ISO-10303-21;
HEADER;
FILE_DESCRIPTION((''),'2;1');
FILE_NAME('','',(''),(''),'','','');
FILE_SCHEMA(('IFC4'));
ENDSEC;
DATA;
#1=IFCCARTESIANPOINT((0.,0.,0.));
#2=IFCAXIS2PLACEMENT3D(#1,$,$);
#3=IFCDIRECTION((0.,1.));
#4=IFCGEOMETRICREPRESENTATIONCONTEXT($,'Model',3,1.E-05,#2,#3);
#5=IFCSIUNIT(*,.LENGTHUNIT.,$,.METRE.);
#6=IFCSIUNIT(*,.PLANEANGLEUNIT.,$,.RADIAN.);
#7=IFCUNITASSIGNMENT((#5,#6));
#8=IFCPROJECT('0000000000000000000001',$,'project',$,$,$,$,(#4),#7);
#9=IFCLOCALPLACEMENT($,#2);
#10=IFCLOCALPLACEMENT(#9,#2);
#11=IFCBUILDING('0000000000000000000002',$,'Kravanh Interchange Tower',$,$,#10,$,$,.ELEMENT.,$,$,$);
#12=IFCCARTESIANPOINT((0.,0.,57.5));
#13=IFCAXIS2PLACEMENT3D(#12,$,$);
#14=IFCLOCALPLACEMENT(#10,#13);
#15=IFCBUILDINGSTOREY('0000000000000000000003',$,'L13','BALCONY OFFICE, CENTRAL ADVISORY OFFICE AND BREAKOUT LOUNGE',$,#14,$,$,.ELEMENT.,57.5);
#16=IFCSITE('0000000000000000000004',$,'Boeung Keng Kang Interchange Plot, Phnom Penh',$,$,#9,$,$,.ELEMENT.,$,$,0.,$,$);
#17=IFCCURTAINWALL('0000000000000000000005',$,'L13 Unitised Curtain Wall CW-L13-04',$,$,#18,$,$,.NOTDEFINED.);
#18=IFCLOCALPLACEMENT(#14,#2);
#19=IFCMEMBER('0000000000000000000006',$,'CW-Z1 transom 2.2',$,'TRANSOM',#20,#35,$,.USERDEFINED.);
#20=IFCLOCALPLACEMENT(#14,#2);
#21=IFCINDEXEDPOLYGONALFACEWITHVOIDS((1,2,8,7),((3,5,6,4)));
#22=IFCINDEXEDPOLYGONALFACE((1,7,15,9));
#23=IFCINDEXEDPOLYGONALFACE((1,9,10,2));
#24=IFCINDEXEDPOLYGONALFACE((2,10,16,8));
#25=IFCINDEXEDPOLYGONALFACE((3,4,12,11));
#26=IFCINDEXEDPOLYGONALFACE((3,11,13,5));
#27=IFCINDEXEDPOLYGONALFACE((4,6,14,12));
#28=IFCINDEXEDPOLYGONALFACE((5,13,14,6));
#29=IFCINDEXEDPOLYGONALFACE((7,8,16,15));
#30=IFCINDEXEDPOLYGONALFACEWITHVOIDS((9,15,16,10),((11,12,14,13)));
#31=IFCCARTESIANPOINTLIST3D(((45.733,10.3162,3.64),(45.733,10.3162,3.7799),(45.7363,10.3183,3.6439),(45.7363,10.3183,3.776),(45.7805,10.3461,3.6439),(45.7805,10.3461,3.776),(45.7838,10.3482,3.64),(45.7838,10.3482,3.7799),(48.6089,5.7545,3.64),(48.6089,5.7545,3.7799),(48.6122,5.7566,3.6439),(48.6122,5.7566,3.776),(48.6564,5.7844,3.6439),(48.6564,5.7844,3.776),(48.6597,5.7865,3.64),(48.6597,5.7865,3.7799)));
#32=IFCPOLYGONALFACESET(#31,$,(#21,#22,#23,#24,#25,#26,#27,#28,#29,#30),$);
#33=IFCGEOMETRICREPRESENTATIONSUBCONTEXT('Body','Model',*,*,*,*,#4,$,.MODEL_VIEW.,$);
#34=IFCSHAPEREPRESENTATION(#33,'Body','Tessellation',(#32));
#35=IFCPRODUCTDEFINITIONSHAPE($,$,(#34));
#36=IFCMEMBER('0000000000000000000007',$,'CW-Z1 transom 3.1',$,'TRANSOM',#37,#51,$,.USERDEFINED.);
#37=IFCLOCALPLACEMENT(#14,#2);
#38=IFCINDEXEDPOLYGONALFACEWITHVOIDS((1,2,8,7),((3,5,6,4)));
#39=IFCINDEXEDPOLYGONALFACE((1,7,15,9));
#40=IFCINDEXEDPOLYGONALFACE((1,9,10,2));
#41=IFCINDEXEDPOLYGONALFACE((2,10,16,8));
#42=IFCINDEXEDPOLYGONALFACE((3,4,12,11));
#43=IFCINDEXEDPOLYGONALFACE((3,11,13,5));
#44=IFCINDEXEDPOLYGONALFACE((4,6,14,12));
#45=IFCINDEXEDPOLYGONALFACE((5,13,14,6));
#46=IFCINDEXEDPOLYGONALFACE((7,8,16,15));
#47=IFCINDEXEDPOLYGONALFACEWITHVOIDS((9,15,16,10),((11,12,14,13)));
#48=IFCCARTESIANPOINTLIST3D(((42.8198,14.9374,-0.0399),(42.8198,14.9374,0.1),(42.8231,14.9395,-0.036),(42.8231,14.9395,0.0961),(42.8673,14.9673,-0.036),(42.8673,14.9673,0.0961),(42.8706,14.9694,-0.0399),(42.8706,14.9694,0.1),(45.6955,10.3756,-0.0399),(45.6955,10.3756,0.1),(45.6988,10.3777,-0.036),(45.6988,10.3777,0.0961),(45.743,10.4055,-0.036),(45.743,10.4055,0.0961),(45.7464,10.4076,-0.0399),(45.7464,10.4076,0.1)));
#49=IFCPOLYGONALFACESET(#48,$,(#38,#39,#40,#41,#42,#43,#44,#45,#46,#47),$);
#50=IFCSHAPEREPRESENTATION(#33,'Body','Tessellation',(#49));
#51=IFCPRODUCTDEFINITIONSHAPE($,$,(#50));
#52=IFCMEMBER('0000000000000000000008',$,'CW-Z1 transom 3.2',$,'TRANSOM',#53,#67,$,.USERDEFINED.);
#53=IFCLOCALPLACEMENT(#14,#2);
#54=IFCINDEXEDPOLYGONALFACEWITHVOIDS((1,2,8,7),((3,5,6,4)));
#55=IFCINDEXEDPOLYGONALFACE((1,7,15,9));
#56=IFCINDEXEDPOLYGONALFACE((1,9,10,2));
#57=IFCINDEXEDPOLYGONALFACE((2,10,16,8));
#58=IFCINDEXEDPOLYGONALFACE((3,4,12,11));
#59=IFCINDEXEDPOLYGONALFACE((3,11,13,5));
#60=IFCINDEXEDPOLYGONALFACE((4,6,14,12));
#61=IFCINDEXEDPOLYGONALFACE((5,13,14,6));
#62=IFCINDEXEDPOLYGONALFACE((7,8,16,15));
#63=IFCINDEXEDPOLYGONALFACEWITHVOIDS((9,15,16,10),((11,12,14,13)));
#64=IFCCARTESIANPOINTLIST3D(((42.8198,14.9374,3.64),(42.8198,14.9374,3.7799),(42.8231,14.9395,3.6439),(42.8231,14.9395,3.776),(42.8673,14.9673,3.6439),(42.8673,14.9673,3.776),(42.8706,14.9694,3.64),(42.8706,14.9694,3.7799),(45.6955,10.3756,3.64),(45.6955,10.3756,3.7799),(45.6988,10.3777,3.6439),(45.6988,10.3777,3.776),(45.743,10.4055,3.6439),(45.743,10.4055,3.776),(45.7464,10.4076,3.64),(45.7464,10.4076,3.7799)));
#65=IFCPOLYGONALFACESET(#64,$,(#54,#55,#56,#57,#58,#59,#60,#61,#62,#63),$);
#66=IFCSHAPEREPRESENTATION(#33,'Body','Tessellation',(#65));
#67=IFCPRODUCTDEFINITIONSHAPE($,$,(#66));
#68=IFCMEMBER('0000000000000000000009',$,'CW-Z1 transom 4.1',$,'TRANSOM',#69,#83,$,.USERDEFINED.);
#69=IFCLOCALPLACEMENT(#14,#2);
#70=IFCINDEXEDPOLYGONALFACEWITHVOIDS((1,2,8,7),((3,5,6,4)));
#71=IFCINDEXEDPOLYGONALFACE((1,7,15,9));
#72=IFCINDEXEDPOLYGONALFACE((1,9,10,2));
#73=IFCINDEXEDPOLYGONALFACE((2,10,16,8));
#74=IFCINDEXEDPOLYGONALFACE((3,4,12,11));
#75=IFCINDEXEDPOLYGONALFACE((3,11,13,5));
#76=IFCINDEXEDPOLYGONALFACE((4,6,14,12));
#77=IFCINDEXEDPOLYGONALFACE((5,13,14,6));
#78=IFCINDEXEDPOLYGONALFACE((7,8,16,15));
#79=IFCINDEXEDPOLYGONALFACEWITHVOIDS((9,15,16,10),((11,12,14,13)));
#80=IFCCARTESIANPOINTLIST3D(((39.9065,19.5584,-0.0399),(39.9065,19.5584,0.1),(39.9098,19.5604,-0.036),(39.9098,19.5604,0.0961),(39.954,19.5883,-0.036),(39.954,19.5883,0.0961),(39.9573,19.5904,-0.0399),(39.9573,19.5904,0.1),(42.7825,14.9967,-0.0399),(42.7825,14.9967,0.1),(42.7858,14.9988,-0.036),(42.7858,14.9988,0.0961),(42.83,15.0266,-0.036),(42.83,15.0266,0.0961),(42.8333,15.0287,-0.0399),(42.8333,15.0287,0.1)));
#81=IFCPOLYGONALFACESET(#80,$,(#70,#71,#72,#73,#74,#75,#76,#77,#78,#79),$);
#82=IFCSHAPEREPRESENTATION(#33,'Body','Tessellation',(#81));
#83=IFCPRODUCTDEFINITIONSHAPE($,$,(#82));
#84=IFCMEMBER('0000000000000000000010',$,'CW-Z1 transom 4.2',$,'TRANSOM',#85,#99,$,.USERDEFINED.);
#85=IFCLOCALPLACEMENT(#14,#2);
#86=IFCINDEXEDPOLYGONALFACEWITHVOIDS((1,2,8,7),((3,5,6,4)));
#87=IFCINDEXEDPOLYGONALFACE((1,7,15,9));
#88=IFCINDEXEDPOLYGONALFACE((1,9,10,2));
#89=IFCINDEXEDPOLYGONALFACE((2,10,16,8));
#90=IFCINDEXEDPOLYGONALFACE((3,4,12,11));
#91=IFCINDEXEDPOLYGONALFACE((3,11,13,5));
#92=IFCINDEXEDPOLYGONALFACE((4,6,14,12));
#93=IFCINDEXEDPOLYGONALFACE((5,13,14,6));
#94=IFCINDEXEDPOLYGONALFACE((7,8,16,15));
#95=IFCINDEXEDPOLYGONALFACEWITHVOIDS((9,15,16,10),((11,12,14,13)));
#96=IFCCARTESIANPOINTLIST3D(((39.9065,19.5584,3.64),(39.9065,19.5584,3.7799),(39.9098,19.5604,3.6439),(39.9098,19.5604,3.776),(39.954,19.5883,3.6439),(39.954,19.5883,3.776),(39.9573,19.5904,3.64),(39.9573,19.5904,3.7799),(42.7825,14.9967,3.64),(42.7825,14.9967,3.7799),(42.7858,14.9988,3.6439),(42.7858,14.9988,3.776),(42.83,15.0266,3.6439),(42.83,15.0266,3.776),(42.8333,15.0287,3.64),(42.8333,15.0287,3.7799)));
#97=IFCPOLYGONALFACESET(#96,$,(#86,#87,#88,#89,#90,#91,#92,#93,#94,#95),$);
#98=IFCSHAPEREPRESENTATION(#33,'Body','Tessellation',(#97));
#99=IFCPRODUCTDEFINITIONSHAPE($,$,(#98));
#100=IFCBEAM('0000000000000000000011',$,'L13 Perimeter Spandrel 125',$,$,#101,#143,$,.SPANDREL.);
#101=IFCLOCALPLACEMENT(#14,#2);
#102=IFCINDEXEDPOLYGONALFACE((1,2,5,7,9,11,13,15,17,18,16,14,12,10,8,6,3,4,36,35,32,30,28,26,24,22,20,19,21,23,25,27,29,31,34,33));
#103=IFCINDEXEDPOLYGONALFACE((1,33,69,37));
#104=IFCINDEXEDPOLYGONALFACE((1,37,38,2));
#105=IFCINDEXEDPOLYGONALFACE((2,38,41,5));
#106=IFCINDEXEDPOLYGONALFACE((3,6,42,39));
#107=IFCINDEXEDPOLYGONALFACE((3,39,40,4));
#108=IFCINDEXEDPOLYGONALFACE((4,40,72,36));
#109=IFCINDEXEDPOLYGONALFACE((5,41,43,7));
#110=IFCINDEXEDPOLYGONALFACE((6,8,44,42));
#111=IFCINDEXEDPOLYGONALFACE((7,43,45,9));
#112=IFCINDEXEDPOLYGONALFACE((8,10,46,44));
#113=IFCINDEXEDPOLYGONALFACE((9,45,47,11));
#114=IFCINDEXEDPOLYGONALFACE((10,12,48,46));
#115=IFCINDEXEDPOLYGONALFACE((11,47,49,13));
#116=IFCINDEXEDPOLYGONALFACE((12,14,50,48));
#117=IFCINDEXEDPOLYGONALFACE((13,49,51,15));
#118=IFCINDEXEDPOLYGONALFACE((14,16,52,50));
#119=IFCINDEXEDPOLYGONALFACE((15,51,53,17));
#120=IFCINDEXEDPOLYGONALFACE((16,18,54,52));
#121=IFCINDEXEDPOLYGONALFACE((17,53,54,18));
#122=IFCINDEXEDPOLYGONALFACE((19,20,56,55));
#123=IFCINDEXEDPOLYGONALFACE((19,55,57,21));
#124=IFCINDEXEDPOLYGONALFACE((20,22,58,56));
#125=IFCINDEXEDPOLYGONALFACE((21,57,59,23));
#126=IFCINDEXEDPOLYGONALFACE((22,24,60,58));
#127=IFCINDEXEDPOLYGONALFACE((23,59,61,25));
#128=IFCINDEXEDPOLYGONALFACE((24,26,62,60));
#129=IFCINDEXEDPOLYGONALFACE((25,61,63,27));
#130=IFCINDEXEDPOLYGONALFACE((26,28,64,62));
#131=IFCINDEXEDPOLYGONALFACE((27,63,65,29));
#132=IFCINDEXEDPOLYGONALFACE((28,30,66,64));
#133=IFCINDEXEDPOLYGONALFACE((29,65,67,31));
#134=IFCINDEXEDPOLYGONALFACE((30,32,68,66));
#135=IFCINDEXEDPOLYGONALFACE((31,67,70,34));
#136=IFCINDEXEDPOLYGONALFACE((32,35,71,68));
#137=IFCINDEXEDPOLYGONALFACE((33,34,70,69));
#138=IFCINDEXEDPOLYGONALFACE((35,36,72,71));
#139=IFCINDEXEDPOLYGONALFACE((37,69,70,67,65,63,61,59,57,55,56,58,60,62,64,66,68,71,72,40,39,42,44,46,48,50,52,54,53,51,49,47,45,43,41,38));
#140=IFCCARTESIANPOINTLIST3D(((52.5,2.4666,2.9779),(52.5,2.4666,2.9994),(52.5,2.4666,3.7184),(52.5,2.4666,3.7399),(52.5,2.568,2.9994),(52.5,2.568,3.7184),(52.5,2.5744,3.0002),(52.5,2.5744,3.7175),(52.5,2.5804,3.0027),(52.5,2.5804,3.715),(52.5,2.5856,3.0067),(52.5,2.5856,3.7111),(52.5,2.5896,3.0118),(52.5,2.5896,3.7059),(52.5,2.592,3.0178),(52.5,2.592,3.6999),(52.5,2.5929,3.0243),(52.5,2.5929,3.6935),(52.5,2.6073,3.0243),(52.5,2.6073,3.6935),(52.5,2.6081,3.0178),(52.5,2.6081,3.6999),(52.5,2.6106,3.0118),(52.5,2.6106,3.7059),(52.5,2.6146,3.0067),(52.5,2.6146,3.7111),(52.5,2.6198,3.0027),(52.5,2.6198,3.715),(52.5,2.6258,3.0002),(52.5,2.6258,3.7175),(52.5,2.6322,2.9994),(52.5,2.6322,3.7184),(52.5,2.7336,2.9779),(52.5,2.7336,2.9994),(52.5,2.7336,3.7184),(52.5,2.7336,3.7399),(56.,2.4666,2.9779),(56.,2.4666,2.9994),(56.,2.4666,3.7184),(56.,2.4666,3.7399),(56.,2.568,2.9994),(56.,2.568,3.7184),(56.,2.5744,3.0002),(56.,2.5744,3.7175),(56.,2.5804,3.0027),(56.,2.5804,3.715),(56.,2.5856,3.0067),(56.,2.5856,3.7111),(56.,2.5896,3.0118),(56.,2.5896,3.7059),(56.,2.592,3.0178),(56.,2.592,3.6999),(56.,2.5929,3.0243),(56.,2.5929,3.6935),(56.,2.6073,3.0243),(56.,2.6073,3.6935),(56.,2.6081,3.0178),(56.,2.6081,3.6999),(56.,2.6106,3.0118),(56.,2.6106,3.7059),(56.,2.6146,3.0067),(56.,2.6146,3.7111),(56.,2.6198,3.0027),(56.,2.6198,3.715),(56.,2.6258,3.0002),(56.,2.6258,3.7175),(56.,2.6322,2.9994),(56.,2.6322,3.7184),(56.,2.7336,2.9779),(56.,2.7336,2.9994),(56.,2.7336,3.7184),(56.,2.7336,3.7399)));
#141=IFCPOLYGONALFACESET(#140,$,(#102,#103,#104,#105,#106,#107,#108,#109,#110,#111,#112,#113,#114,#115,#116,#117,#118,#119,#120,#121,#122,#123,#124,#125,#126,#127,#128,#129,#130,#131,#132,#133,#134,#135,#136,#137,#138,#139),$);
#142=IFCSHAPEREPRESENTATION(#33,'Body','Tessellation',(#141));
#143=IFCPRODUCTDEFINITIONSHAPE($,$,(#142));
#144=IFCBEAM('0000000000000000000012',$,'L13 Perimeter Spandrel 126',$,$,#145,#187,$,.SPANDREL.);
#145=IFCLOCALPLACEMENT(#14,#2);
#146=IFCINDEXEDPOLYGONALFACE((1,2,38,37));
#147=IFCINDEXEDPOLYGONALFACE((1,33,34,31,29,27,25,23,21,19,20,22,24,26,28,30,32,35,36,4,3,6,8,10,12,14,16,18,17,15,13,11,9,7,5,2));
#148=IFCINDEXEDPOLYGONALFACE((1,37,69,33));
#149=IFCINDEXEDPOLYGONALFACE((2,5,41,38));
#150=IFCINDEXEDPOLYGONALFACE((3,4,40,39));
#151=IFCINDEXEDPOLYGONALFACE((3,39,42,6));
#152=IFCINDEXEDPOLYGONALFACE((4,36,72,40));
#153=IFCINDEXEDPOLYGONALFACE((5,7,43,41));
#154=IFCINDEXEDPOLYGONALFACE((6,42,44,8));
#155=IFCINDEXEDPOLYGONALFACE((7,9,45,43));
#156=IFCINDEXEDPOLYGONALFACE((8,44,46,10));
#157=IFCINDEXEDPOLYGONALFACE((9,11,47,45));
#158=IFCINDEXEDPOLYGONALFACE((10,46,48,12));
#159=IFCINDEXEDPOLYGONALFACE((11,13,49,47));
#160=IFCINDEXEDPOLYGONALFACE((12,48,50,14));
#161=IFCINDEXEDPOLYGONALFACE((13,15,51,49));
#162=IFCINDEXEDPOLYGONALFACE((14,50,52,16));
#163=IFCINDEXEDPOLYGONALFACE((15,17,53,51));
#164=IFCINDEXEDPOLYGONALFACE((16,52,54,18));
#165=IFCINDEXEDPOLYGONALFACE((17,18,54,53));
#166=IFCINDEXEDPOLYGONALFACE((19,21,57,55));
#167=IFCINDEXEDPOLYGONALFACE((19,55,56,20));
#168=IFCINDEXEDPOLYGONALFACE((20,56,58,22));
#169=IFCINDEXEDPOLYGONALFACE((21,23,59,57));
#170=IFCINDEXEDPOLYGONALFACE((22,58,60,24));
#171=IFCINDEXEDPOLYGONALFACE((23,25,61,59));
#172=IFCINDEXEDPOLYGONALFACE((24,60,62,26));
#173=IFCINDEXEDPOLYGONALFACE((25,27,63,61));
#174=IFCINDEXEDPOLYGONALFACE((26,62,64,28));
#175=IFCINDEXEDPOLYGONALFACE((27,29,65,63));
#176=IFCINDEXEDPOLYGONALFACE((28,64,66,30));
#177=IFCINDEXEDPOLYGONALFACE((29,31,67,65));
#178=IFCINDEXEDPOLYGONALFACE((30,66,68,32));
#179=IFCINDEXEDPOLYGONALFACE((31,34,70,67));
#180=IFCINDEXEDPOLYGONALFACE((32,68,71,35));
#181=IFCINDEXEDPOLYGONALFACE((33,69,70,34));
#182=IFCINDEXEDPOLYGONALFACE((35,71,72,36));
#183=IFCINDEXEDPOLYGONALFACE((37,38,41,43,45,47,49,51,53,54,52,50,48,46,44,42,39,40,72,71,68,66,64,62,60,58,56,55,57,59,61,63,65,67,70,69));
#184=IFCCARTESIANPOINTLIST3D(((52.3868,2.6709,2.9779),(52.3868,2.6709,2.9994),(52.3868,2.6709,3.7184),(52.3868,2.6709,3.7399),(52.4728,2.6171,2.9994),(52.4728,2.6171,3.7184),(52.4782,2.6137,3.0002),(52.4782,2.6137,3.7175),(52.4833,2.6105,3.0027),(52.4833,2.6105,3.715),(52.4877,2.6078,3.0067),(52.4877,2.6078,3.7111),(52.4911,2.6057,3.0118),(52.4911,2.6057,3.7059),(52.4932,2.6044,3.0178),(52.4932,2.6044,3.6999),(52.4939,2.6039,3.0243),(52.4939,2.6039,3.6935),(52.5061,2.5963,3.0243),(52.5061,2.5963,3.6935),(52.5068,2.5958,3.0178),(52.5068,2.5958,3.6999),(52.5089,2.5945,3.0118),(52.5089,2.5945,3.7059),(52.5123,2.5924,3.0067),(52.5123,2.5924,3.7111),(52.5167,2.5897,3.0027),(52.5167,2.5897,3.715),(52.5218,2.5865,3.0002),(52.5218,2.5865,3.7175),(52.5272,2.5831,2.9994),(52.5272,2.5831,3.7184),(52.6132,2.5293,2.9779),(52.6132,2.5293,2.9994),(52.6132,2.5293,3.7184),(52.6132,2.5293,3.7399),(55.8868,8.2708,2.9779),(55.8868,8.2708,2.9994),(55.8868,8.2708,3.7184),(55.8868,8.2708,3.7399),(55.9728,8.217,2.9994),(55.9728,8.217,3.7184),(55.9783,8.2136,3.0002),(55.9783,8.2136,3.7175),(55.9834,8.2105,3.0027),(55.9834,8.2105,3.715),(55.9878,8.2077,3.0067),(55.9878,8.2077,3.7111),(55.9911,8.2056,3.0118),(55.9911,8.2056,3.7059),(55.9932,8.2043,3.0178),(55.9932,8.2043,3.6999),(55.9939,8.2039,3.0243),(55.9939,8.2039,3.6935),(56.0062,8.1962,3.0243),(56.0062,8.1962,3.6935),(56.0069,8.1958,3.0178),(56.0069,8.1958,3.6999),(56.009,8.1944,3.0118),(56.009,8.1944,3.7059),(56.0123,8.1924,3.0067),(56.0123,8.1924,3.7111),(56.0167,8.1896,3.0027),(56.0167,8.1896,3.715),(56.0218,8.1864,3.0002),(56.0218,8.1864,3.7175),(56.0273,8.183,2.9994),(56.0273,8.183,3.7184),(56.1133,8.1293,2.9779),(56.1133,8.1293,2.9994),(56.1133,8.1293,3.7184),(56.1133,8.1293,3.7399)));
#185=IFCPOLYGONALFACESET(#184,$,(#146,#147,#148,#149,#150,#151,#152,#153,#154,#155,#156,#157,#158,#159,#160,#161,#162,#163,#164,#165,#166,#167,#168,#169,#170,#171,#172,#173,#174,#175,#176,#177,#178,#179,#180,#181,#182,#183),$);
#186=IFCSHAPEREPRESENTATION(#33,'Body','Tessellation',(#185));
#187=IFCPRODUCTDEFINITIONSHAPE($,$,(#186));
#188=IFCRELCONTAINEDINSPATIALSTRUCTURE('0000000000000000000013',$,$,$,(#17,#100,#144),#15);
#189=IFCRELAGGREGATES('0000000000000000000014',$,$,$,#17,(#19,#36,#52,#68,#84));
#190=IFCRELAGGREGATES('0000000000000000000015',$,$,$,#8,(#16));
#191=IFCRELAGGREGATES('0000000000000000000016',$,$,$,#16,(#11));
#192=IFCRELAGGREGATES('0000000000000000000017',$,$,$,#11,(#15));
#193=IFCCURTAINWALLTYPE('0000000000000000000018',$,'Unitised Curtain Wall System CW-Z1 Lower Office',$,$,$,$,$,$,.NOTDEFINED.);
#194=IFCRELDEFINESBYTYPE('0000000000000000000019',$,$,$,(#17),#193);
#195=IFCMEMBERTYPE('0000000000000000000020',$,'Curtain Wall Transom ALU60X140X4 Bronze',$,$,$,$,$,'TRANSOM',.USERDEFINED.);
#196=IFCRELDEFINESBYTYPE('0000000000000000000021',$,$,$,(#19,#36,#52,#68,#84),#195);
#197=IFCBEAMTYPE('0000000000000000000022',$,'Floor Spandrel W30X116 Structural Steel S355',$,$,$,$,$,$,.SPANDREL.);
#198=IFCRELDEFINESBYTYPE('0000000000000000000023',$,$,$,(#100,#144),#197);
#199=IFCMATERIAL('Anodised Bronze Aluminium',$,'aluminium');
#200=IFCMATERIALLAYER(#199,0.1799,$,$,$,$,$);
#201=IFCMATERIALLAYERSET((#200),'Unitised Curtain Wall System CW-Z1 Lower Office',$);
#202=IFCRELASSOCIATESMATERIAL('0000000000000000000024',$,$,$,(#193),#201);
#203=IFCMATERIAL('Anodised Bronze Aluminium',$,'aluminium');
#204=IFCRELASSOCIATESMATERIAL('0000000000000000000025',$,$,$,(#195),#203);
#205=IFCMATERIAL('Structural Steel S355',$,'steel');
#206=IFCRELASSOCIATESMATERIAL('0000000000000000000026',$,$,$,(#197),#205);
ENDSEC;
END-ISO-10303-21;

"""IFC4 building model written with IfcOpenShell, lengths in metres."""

from ifc_helpers import new_model, si_unit, direction, frame, origin, origin_2d, place, context, subcontext, project, spatial, hollow_rectangle, i_section, extrude, material, layer, layer_set, material_profile, profile_set, type_object, element, aggregate, save


model = new_model("IFC4")

# Units and contexts
model_context = context("Model", 3, precision=1e-05, world=origin(), true_north=direction((0.0, 1.0)))
body_context = subcontext(model_context, "Body", "Model", "MODEL_VIEW")
ifc_project = project(units=[si_unit("LENGTHUNIT", "METRE"), si_unit("PLANEANGLEUNIT", "RADIAN")], contexts=[model_context])

# Site, building, storey
site_placement = place(None, origin())
site = spatial("IfcSite", under=ifc_project, at=site_placement, Name="Boeung Keng Kang Interchange Plot, Phnom Penh", CompositionType="ELEMENT", RefElevation=0.0)
building_placement = place(site_placement, origin())
building = spatial("IfcBuilding", under=site, at=building_placement, Name="Kravanh Interchange Tower", CompositionType="ELEMENT")
storey_placement = place(building_placement, frame((0.0, 0.0, 57.5)))
storey = spatial("IfcBuildingStorey", under=building, at=storey_placement, Name="L13", Description="BALCONY OFFICE, CENTRAL ADVISORY OFFICE AND BREAKOUT LOUNGE", CompositionType="ELEMENT", Elevation=57.5)

# Shared definitions
ifc_material_1 = material(Name="Anodised Bronze Aluminium", Category="aluminium")
ifc_layer_1 = layer(ifc_material_1, 0.1799)
ifc_layer_set_1 = layer_set([ifc_layer_1], Name="Unitised Curtain Wall System CW-Z1 Lower Office")
curtain_wall_type = type_object("IfcCurtainWallType", Name="Unitised Curtain Wall System CW-Z1 Lower Office", PredefinedType="NOTDEFINED", material=ifc_layer_set_1)

# Curtain wall, members
curtain_wall_1_placement = place(storey_placement, origin())
curtain_wall_1 = element("IfcCurtainWall", 1, at=curtain_wall_1_placement, inside=storey, type_object=curtain_wall_type, Name="L13 Unitised Curtain Wall CW-L13-04", PredefinedType="NOTDEFINED")
ifc_material_2 = material(Name="Anodised Bronze Aluminium", Category="aluminium")
ifc_material_profile_1 = material_profile(ifc_material_2, hollow_rectangle(XDim=0.0601, YDim=0.1399, WallThickness=0.0039, at=origin_2d()), Name="ALU60X140X4")
ifc_profile_set_1 = profile_set([ifc_material_profile_1], Name="Anodised Bronze Aluminium")
member_type_1 = type_object("IfcMemberType", Name="Curtain Wall Transom ALU60X140X4 Bronze", ElementType="TRANSOM", PredefinedType="USERDEFINED", material=ifc_profile_set_1)
member_1_placement = place(storey_placement, frame((48.6343, 5.7705, 3.71), z_axis=(-0.533311, 0.845919, 0.0), x_axis=(-0.845919, -0.533311, 0.0)))
member_1 = element("IfcMember", 2, at=member_1_placement, type_object=member_type_1, Name="CW-Z1 transom 2.2", ObjectType="TRANSOM", PredefinedType="USERDEFINED", context=body_context, shape_type="SweptSolid", body=[
    extrude(hollow_rectangle(XDim=0.0601, YDim=0.1399, WallThickness=0.0039, at=origin_2d()), origin(), (0.0, 0.0, 1.0), 5.3926),
])
member_2_placement = place(storey_placement, frame((45.7209, 10.3916, 0.03), z_axis=(-0.533279, 0.845939, 0.0), x_axis=(-0.845939, -0.533279, 0.0)))
member_2 = element("IfcMember", 3, at=member_2_placement, type_object=member_type_1, Name="CW-Z1 transom 3.1", ObjectType="TRANSOM", PredefinedType="USERDEFINED", context=body_context, shape_type="SweptSolid", body=[
    extrude(hollow_rectangle(XDim=0.0601, YDim=0.1399, WallThickness=0.0039, at=origin_2d()), origin(), (0.0, 0.0, 1.0), 5.3926),
])
member_3_placement = place(storey_placement, frame((45.7209, 10.3916, 3.71), z_axis=(-0.533279, 0.845939, 0.0), x_axis=(-0.845939, -0.533279, 0.0)))
member_3 = element("IfcMember", 4, at=member_3_placement, type_object=member_type_1, Name="CW-Z1 transom 3.2", ObjectType="TRANSOM", PredefinedType="USERDEFINED", context=body_context, shape_type="SweptSolid", body=[
    extrude(hollow_rectangle(XDim=0.0601, YDim=0.1399, WallThickness=0.0039, at=origin_2d()), origin(), (0.0, 0.0, 1.0), 5.3926),
])
member_4_placement = place(storey_placement, frame((42.8079, 15.0127, 0.03), z_axis=(-0.533311, 0.845919, 0.0), x_axis=(-0.845919, -0.533311, 0.0)))
member_4 = element("IfcMember", 5, at=member_4_placement, type_object=member_type_1, Name="CW-Z1 transom 4.1", ObjectType="TRANSOM", PredefinedType="USERDEFINED", context=body_context, shape_type="SweptSolid", body=[
    extrude(hollow_rectangle(XDim=0.0601, YDim=0.1399, WallThickness=0.0039, at=origin_2d()), origin(), (0.0, 0.0, 1.0), 5.3926),
])
member_5_placement = place(storey_placement, frame((42.8079, 15.0127, 3.71), z_axis=(-0.533311, 0.845919, 0.0), x_axis=(-0.845919, -0.533311, 0.0)))
member_5 = element("IfcMember", 6, at=member_5_placement, type_object=member_type_1, Name="CW-Z1 transom 4.2", ObjectType="TRANSOM", PredefinedType="USERDEFINED", context=body_context, shape_type="SweptSolid", body=[
    extrude(hollow_rectangle(XDim=0.0601, YDim=0.1399, WallThickness=0.0039, at=origin_2d()), origin(), (0.0, 0.0, 1.0), 5.3926),
])

# Beams
ifc_material_3 = material(Name="Structural Steel S355", Category="steel")
ifc_material_profile_2 = material_profile(ifc_material_3, i_section(OverallWidth=0.2671, OverallDepth=0.762, WebThickness=0.0144, FlangeThickness=0.0215, FilletRadius=0.0249, at=origin_2d()), Name="W30X116")
ifc_profile_set_2 = profile_set([ifc_material_profile_2], Name="Structural Steel S355")
beam_type = type_object("IfcBeamType", Name="Floor Spandrel W30X116 Structural Steel S355", PredefinedType="SPANDREL", material=ifc_profile_set_2)
beam_1_placement = place(storey_placement, frame((52.5, 2.6001, 3.3589), z_axis=(1.0, 0.0, 0.0), x_axis=(0.0, 1.0, 0.0)))
element("IfcBeam", 7, at=beam_1_placement, inside=storey, type_object=beam_type, Name="L13 Perimeter Spandrel 125", PredefinedType="SPANDREL", context=body_context, shape_type="SweptSolid", body=[
    extrude(i_section(OverallWidth=0.2671, OverallDepth=0.762, WebThickness=0.0144, FlangeThickness=0.0215, FilletRadius=0.0249, at=origin_2d()), origin(), (0.0, 0.0, 1.0), 3.5),
])
beam_2_placement = place(storey_placement, frame((52.5, 2.6001, 3.3589), z_axis=(0.530009, 0.847992, 0.0), x_axis=(-0.847992, 0.530009, 0.0)))
element("IfcBeam", 8, at=beam_2_placement, inside=storey, type_object=beam_type, Name="L13 Perimeter Spandrel 126", PredefinedType="SPANDREL", context=body_context, shape_type="SweptSolid", body=[
    extrude(i_section(OverallWidth=0.2671, OverallDepth=0.762, WebThickness=0.0144, FlangeThickness=0.0215, FilletRadius=0.0249, at=origin_2d()), origin(), (0.0, 0.0, 1.0), 6.6038),
])

aggregate(curtain_wall_1, [member_1, member_2, member_3, member_4, member_5])

save(model, "model.ifc")
